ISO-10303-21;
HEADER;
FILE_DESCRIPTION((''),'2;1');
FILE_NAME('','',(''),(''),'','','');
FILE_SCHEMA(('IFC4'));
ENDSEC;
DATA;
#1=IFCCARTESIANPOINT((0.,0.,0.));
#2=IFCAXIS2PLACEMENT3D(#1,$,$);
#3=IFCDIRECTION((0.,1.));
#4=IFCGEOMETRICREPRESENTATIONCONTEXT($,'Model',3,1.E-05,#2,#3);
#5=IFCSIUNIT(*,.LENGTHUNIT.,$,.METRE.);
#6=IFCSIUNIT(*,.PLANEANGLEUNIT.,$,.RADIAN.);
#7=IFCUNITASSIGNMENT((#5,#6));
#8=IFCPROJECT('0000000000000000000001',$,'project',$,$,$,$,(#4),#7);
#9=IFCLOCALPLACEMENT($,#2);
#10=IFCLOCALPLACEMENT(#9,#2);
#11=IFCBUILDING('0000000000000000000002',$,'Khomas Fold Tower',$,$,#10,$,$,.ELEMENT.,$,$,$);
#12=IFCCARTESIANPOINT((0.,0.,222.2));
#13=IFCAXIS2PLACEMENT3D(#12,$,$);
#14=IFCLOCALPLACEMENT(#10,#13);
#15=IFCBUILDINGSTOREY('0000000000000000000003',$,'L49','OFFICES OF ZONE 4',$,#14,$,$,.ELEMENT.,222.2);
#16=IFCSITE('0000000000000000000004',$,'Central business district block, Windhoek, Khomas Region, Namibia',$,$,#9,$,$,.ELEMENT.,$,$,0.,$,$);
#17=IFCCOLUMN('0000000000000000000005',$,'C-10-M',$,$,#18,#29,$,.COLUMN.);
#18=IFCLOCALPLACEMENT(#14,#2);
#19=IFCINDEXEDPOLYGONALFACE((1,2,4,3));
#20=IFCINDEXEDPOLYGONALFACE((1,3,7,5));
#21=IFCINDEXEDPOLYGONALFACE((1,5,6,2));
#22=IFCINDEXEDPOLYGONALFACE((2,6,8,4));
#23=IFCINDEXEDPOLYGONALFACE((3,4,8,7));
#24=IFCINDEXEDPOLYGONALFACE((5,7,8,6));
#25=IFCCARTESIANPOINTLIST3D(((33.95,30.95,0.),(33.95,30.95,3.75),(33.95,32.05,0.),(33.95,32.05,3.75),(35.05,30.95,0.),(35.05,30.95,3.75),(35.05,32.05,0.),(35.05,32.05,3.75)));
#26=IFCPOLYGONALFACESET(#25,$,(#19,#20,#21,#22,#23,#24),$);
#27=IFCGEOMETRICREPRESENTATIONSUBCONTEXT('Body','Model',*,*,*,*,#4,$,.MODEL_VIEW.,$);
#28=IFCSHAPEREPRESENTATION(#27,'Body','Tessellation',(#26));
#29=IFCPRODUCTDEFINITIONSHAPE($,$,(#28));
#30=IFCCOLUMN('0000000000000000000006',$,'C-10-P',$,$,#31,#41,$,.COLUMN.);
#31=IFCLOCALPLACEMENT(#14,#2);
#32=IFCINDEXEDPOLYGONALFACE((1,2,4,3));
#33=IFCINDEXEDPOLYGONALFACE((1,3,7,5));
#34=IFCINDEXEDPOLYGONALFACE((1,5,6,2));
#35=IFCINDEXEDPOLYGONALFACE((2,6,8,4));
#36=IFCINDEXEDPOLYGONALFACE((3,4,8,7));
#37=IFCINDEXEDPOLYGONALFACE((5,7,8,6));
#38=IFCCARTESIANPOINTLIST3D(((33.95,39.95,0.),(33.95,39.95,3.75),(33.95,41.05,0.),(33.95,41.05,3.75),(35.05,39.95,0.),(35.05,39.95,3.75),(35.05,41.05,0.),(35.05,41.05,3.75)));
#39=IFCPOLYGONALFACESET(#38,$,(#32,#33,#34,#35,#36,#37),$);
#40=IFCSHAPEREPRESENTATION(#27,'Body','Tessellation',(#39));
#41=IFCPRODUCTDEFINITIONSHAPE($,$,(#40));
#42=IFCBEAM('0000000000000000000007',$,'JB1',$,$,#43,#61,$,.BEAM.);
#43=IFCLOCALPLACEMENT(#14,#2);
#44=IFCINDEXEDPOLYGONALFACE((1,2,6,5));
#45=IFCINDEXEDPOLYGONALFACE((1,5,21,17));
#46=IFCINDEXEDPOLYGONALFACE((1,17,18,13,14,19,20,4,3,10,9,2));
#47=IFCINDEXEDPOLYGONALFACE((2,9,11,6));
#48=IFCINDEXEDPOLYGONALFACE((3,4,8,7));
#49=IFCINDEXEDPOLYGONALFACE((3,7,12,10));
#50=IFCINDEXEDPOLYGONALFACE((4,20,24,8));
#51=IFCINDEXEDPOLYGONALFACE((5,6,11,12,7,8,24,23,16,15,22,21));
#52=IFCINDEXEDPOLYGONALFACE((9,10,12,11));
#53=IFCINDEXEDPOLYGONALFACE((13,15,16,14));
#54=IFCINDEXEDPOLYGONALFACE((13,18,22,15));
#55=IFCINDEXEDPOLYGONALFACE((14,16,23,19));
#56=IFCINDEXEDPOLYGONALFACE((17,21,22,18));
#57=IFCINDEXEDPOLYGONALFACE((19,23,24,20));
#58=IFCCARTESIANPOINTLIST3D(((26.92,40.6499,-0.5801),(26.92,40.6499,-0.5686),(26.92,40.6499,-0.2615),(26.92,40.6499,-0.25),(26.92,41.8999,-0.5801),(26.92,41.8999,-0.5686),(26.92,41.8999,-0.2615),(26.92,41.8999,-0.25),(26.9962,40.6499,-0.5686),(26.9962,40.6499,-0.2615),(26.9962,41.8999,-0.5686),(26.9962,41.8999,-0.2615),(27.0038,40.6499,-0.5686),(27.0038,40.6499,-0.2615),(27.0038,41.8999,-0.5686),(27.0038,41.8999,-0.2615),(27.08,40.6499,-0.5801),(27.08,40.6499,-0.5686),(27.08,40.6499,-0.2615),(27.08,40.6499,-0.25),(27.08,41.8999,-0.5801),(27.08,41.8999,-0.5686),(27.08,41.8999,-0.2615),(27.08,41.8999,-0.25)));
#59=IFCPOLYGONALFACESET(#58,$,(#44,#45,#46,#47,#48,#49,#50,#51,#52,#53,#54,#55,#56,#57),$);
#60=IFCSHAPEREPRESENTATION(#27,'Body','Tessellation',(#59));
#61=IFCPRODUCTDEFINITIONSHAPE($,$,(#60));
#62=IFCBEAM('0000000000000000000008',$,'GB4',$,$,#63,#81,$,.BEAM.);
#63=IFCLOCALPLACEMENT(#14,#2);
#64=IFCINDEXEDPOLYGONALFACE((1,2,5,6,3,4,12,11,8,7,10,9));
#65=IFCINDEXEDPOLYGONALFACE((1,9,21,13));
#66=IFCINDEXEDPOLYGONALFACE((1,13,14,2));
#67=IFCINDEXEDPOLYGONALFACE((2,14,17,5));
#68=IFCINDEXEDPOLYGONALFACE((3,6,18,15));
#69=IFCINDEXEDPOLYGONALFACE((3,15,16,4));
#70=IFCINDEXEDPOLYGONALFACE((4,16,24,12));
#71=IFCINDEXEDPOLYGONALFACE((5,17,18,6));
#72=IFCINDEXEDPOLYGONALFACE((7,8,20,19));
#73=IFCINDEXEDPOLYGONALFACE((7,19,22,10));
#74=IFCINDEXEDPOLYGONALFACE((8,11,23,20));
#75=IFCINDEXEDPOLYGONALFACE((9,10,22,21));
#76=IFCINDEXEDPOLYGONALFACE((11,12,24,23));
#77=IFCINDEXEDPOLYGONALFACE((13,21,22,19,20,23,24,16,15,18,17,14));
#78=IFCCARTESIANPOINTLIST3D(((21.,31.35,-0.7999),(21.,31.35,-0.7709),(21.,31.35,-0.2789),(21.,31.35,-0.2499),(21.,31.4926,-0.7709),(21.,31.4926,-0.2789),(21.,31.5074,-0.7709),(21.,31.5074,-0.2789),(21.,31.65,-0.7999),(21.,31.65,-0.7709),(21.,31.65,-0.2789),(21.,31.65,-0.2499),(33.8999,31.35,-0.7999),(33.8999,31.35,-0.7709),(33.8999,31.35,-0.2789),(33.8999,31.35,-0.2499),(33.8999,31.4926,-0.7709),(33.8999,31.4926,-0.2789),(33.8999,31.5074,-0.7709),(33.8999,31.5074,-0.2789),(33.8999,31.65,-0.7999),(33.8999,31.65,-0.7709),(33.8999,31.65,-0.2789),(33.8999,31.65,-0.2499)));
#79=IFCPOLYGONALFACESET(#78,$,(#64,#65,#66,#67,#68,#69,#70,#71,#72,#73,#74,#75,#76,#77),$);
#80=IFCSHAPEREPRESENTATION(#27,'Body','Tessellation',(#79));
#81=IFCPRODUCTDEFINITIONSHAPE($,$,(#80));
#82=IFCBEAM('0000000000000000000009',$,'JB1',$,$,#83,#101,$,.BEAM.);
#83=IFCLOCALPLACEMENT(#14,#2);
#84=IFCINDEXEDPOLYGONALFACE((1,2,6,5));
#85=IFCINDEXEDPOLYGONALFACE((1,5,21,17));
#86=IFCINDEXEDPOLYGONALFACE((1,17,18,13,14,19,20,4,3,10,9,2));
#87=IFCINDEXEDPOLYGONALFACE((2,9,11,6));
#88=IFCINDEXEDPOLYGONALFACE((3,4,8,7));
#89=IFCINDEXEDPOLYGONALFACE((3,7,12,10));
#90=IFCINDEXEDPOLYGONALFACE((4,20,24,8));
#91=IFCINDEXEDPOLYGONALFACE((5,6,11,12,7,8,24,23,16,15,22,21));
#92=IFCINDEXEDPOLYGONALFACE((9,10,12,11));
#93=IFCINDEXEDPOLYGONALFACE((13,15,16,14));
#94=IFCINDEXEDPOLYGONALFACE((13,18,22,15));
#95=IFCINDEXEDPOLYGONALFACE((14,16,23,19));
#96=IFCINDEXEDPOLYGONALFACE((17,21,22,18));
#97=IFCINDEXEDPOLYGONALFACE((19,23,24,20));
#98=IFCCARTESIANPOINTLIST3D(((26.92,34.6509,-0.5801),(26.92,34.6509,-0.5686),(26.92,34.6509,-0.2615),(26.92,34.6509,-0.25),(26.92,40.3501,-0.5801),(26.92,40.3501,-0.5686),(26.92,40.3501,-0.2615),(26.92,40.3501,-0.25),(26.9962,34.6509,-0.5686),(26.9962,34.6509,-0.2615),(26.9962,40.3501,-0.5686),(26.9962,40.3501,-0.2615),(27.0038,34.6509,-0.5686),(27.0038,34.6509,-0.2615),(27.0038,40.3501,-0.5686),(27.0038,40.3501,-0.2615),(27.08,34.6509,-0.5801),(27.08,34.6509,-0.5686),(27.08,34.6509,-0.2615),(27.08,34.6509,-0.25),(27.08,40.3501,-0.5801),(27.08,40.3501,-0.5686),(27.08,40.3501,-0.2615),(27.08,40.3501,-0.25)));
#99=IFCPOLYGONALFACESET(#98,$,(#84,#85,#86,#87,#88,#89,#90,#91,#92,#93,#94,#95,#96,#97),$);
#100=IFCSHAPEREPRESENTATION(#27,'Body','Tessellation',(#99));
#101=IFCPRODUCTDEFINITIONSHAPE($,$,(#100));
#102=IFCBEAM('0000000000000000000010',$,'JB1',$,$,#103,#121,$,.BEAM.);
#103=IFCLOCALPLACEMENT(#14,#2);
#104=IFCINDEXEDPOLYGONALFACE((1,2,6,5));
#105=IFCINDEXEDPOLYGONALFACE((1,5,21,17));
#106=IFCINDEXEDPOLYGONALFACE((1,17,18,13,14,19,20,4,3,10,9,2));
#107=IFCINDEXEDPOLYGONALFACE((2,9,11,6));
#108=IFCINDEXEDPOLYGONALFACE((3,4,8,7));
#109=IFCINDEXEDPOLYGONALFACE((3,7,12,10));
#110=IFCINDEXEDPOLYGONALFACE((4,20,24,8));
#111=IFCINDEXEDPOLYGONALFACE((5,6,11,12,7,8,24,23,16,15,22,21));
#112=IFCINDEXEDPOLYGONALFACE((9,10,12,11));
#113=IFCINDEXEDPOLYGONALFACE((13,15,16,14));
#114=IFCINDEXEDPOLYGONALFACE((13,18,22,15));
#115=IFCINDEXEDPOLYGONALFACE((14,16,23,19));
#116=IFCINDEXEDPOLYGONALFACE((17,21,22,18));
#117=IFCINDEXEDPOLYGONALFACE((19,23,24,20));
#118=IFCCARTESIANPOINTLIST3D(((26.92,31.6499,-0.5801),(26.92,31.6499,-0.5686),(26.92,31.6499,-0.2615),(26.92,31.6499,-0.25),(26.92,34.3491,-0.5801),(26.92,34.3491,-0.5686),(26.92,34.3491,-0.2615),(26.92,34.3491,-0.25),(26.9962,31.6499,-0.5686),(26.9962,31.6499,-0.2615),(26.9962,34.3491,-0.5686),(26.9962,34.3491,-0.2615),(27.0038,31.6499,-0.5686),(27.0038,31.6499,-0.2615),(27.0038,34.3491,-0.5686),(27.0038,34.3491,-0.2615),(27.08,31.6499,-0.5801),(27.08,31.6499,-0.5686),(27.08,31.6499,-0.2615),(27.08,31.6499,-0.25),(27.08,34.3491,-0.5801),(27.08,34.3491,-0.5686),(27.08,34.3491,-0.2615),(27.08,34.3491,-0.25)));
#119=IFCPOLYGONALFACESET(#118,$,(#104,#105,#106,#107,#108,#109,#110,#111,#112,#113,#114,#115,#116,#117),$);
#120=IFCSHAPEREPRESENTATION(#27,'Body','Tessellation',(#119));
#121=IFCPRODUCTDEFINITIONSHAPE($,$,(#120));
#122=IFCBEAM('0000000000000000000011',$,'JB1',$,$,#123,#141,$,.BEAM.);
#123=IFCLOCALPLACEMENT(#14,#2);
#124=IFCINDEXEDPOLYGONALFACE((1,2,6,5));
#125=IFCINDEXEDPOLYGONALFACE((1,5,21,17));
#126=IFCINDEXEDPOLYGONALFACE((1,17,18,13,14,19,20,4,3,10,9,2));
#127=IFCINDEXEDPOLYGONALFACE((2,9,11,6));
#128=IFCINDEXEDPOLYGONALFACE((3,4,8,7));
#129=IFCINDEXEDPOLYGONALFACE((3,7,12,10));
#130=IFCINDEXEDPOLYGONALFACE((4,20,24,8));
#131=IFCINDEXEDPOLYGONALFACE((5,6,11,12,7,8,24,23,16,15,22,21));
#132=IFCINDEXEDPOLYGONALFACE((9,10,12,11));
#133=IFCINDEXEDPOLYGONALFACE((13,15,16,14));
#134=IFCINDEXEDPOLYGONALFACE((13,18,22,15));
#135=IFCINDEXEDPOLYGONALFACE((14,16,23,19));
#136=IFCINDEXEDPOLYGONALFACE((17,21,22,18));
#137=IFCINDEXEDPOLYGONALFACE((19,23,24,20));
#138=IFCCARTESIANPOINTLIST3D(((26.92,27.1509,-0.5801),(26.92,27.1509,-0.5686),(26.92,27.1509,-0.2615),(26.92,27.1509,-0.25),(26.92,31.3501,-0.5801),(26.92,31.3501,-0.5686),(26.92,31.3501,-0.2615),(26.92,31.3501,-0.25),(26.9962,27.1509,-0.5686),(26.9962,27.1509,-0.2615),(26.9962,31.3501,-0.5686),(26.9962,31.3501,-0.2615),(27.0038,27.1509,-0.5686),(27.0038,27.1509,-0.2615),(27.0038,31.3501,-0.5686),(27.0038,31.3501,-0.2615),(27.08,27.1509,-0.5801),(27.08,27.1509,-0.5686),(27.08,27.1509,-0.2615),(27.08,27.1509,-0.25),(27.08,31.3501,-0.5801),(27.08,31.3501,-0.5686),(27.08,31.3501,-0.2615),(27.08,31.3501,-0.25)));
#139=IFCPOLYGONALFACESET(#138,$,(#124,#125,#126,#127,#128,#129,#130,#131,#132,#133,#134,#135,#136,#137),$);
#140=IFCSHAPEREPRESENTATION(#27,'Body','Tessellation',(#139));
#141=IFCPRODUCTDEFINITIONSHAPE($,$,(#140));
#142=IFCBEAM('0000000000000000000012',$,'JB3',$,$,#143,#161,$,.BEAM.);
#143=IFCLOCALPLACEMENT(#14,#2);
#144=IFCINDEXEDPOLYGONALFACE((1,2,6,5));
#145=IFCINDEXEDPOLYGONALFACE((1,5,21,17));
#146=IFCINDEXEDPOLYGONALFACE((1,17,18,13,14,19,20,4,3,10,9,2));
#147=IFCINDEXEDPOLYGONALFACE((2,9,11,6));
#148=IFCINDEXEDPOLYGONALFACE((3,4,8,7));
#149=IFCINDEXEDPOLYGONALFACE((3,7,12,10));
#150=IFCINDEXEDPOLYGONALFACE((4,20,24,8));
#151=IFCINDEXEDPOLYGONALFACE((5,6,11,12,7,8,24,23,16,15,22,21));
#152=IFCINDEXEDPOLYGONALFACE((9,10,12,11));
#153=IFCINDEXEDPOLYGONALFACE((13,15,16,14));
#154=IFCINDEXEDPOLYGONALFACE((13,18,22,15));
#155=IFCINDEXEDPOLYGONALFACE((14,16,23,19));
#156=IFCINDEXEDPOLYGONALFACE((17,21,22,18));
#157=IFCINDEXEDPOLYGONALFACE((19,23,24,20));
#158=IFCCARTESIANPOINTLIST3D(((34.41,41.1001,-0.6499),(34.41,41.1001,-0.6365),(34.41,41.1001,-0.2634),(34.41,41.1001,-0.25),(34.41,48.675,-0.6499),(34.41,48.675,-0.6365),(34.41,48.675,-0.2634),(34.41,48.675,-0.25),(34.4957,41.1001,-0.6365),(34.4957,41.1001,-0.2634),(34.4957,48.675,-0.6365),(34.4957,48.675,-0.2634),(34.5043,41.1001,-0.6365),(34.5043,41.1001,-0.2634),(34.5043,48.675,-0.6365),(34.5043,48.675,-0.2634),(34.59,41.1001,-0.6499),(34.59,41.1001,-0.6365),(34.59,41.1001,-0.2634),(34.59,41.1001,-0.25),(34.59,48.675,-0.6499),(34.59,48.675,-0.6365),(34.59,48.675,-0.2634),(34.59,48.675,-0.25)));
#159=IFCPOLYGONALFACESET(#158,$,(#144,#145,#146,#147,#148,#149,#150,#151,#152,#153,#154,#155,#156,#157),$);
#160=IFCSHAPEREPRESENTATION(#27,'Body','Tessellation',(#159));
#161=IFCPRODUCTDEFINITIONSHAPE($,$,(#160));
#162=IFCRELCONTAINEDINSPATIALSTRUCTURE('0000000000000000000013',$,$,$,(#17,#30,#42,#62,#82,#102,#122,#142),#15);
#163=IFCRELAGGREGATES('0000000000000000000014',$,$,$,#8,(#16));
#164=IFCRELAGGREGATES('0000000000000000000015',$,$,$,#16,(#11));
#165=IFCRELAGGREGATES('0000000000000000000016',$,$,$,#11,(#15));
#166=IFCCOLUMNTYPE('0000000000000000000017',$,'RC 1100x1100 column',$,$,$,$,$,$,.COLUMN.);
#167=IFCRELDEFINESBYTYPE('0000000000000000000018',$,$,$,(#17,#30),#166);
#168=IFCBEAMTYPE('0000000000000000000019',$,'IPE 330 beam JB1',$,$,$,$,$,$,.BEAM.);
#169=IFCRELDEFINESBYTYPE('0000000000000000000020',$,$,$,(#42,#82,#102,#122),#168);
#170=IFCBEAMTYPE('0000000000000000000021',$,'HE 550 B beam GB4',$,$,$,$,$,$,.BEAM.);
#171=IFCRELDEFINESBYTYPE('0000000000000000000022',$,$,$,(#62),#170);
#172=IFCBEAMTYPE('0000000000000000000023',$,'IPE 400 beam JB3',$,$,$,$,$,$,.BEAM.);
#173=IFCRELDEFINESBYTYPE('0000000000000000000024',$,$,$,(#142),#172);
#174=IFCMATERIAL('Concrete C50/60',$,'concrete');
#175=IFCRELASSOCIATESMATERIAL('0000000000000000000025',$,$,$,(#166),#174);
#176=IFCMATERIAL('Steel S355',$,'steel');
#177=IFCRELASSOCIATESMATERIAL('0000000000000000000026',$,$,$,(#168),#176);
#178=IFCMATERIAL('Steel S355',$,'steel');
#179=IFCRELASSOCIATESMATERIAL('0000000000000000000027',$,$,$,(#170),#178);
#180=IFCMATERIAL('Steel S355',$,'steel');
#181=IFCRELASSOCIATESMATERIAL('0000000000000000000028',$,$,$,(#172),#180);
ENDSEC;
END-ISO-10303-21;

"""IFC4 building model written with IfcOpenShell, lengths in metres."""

from ifc_helpers import new_model, si_unit, direction, frame, origin, origin_2d, place, context, subcontext, project, spatial, rectangle, i_section, extrude, source, transform, mapped, material, material_profile, profile_set, type_object, element, save


model = new_model("IFC4")

# Units and contexts
model_context = context("Model", 3, precision=1e-05, world=origin(), true_north=direction((0.0, 1.0)))
body_context = subcontext(model_context, "Body", "Model", "MODEL_VIEW")
ifc_project = project(units=[si_unit("LENGTHUNIT", "METRE"), si_unit("PLANEANGLEUNIT", "RADIAN")], contexts=[model_context])

# Site, building, storey
site_placement = place(None, origin())
site = spatial("IfcSite", under=ifc_project, at=site_placement, Name="Central business district block, Windhoek, Khomas Region, Namibia", CompositionType="ELEMENT", RefElevation=0.0)
building_placement = place(site_placement, origin())
building = spatial("IfcBuilding", under=site, at=building_placement, Name="Khomas Fold Tower", CompositionType="ELEMENT")
storey_placement = place(building_placement, frame((0.0, 0.0, 222.2)))
storey = spatial("IfcBuildingStorey", under=building, at=storey_placement, Name="L49", Description="OFFICES OF ZONE 4", CompositionType="ELEMENT", Elevation=222.2)

# Columns
ifc_material_1 = material(Name="Concrete C50/60", Category="concrete")
ifc_material_profile_1 = material_profile(ifc_material_1, rectangle(XDim=1.1001, YDim=1.1001, at=origin_2d()), Name="RC 1100x1100")
ifc_profile_set_1 = profile_set([ifc_material_profile_1], Name="Concrete C50/60")
column_type = type_object("IfcColumnType", Name="RC 1100x1100 column", PredefinedType="COLUMN", material=ifc_profile_set_1)
shared_shape_1 = source(origin(), body_context, "Body", "SweptSolid", [
    extrude(rectangle(XDim=1.1001, YDim=1.1001, at=origin_2d()), origin(), (0.0, 0.0, 1.0), 3.75),
])
for number, where, z_axis, x_axis, name in (
    (1, (34.5, 31.5, 0.0), (0.0, 0.0, 1.0), (1.0, 0.0, 0.0), "C-10-M"),
    (2, (34.5, 40.5, 0.0), (0.0, 0.0, 1.0), (1.0, 0.0, 0.0), "C-10-P"),
):
    element("IfcColumn", number, at=place(storey_placement, frame(where, z_axis=z_axis, x_axis=x_axis)), inside=storey, type_object=column_type, Name=name, PredefinedType="COLUMN", context=body_context, shape_type="MappedRepresentation", body=[
        mapped(shared_shape_1, transform((0.0, 0.0, 0.0))),
    ])

# Beams
ifc_material_2 = material(Name="Steel S355", Category="steel")
ifc_material_profile_2 = material_profile(ifc_material_2, i_section(OverallWidth=0.1599, OverallDepth=0.3301, WebThickness=0.0076, FlangeThickness=0.0115, at=origin_2d()), Name="IPE 330")
ifc_profile_set_2 = profile_set([ifc_material_profile_2], Name="Steel S355")
beam_type_1 = type_object("IfcBeamType", Name="IPE 330 beam JB1", PredefinedType="BEAM", material=ifc_profile_set_2)
shared_shape_2 = source(origin(), body_context, "Body", "SweptSolid", [
    extrude(i_section(OverallWidth=0.1599, OverallDepth=0.3301, WebThickness=0.0076, FlangeThickness=0.0115, at=origin_2d()), origin(), (0.0, 0.0, 1.0), 1.25),
])
beam_1_placement = place(storey_placement, frame((27.0, 40.6499, -0.415), z_axis=(0.0, 1.0, 0.0), x_axis=(-1.0, 0.0, 0.0)))
element("IfcBeam", 3, at=beam_1_placement, inside=storey, type_object=beam_type_1, Name="JB1", PredefinedType="BEAM", context=body_context, shape_type="MappedRepresentation", body=[
    mapped(shared_shape_2, transform((0.0, 0.0, 0.0))),
])
ifc_material_3 = material(Name="Steel S355", Category="steel")
ifc_material_profile_3 = material_profile(ifc_material_3, i_section(OverallWidth=0.3, OverallDepth=0.55, WebThickness=0.0149, FlangeThickness=0.0291, at=origin_2d()), Name="HE 550 B")
ifc_profile_set_3 = profile_set([ifc_material_profile_3], Name="Steel S355")
beam_type_2 = type_object("IfcBeamType", Name="HE 550 B beam GB4", PredefinedType="BEAM", material=ifc_profile_set_3)
shared_shape_3 = source(origin(), body_context, "Body", "SweptSolid", [
    extrude(i_section(OverallWidth=0.3, OverallDepth=0.55, WebThickness=0.0149, FlangeThickness=0.0291, at=origin_2d()), origin(), (0.0, 0.0, 1.0), 12.8999),
])
beam_2_placement = place(storey_placement, frame((21.0, 31.5, -0.5249), z_axis=(1.0, 0.0, 0.0), x_axis=(0.0, 1.0, 0.0)))
element("IfcBeam", 4, at=beam_2_placement, inside=storey, type_object=beam_type_2, Name="GB4", PredefinedType="BEAM", context=body_context, shape_type="MappedRepresentation", body=[
    mapped(shared_shape_3, transform((0.0, 0.0, 0.0))),
])
shared_shape_4 = source(origin(), body_context, "Body", "SweptSolid", [
    extrude(i_section(OverallWidth=0.1599, OverallDepth=0.3301, WebThickness=0.0076, FlangeThickness=0.0115, at=origin_2d()), origin(), (0.0, 0.0, 1.0), 5.6992),
])
beam_3_placement = place(storey_placement, frame((27.0, 34.6509, -0.415), z_axis=(0.0, 1.0, 0.0), x_axis=(-1.0, 0.0, 0.0)))
element("IfcBeam", 5, at=beam_3_placement, inside=storey, type_object=beam_type_1, Name="JB1", PredefinedType="BEAM", context=body_context, shape_type="MappedRepresentation", body=[
    mapped(shared_shape_4, transform((0.0, 0.0, 0.0))),
])
shared_shape_5 = source(origin(), body_context, "Body", "SweptSolid", [
    extrude(i_section(OverallWidth=0.1599, OverallDepth=0.3301, WebThickness=0.0076, FlangeThickness=0.0115, at=origin_2d()), origin(), (0.0, 0.0, 1.0), 2.6992),
])
beam_4_placement = place(storey_placement, frame((27.0, 31.6499, -0.415), z_axis=(0.0, 1.0, 0.0), x_axis=(-1.0, 0.0, 0.0)))
element("IfcBeam", 6, at=beam_4_placement, inside=storey, type_object=beam_type_1, Name="JB1", PredefinedType="BEAM", context=body_context, shape_type="MappedRepresentation", body=[
    mapped(shared_shape_5, transform((0.0, 0.0, 0.0))),
])
shared_shape_6 = source(origin(), body_context, "Body", "SweptSolid", [
    extrude(i_section(OverallWidth=0.1599, OverallDepth=0.3301, WebThickness=0.0076, FlangeThickness=0.0115, at=origin_2d()), origin(), (0.0, 0.0, 1.0), 4.1992),
])
beam_5_placement = place(storey_placement, frame((27.0, 27.1509, -0.415), z_axis=(0.0, 1.0, 0.0), x_axis=(-1.0, 0.0, 0.0)))
element("IfcBeam", 7, at=beam_5_placement, inside=storey, type_object=beam_type_1, Name="JB1", PredefinedType="BEAM", context=body_context, shape_type="MappedRepresentation", body=[
    mapped(shared_shape_6, transform((0.0, 0.0, 0.0))),
])
ifc_material_4 = material(Name="Steel S355", Category="steel")
ifc_material_profile_4 = material_profile(ifc_material_4, i_section(OverallWidth=0.1799, OverallDepth=0.3999, WebThickness=0.0085, FlangeThickness=0.0134, at=origin_2d()), Name="IPE 400")
ifc_profile_set_4 = profile_set([ifc_material_profile_4], Name="Steel S355")
beam_type_3 = type_object("IfcBeamType", Name="IPE 400 beam JB3", PredefinedType="BEAM", material=ifc_profile_set_4)
shared_shape_7 = source(origin(), body_context, "Body", "SweptSolid", [
    extrude(i_section(OverallWidth=0.1799, OverallDepth=0.3999, WebThickness=0.0085, FlangeThickness=0.0134, at=origin_2d()), origin(), (0.0, 0.0, 1.0), 7.575),
])
beam_6_placement = place(storey_placement, frame((34.5, 41.1001, -0.45), z_axis=(0.0, 1.0, 0.0), x_axis=(-1.0, 0.0, 0.0)))
element("IfcBeam", 8, at=beam_6_placement, inside=storey, type_object=beam_type_3, Name="JB3", PredefinedType="BEAM", context=body_context, shape_type="MappedRepresentation", body=[
    mapped(shared_shape_7, transform((0.0, 0.0, 0.0))),
])

save(model, "model.ifc")
